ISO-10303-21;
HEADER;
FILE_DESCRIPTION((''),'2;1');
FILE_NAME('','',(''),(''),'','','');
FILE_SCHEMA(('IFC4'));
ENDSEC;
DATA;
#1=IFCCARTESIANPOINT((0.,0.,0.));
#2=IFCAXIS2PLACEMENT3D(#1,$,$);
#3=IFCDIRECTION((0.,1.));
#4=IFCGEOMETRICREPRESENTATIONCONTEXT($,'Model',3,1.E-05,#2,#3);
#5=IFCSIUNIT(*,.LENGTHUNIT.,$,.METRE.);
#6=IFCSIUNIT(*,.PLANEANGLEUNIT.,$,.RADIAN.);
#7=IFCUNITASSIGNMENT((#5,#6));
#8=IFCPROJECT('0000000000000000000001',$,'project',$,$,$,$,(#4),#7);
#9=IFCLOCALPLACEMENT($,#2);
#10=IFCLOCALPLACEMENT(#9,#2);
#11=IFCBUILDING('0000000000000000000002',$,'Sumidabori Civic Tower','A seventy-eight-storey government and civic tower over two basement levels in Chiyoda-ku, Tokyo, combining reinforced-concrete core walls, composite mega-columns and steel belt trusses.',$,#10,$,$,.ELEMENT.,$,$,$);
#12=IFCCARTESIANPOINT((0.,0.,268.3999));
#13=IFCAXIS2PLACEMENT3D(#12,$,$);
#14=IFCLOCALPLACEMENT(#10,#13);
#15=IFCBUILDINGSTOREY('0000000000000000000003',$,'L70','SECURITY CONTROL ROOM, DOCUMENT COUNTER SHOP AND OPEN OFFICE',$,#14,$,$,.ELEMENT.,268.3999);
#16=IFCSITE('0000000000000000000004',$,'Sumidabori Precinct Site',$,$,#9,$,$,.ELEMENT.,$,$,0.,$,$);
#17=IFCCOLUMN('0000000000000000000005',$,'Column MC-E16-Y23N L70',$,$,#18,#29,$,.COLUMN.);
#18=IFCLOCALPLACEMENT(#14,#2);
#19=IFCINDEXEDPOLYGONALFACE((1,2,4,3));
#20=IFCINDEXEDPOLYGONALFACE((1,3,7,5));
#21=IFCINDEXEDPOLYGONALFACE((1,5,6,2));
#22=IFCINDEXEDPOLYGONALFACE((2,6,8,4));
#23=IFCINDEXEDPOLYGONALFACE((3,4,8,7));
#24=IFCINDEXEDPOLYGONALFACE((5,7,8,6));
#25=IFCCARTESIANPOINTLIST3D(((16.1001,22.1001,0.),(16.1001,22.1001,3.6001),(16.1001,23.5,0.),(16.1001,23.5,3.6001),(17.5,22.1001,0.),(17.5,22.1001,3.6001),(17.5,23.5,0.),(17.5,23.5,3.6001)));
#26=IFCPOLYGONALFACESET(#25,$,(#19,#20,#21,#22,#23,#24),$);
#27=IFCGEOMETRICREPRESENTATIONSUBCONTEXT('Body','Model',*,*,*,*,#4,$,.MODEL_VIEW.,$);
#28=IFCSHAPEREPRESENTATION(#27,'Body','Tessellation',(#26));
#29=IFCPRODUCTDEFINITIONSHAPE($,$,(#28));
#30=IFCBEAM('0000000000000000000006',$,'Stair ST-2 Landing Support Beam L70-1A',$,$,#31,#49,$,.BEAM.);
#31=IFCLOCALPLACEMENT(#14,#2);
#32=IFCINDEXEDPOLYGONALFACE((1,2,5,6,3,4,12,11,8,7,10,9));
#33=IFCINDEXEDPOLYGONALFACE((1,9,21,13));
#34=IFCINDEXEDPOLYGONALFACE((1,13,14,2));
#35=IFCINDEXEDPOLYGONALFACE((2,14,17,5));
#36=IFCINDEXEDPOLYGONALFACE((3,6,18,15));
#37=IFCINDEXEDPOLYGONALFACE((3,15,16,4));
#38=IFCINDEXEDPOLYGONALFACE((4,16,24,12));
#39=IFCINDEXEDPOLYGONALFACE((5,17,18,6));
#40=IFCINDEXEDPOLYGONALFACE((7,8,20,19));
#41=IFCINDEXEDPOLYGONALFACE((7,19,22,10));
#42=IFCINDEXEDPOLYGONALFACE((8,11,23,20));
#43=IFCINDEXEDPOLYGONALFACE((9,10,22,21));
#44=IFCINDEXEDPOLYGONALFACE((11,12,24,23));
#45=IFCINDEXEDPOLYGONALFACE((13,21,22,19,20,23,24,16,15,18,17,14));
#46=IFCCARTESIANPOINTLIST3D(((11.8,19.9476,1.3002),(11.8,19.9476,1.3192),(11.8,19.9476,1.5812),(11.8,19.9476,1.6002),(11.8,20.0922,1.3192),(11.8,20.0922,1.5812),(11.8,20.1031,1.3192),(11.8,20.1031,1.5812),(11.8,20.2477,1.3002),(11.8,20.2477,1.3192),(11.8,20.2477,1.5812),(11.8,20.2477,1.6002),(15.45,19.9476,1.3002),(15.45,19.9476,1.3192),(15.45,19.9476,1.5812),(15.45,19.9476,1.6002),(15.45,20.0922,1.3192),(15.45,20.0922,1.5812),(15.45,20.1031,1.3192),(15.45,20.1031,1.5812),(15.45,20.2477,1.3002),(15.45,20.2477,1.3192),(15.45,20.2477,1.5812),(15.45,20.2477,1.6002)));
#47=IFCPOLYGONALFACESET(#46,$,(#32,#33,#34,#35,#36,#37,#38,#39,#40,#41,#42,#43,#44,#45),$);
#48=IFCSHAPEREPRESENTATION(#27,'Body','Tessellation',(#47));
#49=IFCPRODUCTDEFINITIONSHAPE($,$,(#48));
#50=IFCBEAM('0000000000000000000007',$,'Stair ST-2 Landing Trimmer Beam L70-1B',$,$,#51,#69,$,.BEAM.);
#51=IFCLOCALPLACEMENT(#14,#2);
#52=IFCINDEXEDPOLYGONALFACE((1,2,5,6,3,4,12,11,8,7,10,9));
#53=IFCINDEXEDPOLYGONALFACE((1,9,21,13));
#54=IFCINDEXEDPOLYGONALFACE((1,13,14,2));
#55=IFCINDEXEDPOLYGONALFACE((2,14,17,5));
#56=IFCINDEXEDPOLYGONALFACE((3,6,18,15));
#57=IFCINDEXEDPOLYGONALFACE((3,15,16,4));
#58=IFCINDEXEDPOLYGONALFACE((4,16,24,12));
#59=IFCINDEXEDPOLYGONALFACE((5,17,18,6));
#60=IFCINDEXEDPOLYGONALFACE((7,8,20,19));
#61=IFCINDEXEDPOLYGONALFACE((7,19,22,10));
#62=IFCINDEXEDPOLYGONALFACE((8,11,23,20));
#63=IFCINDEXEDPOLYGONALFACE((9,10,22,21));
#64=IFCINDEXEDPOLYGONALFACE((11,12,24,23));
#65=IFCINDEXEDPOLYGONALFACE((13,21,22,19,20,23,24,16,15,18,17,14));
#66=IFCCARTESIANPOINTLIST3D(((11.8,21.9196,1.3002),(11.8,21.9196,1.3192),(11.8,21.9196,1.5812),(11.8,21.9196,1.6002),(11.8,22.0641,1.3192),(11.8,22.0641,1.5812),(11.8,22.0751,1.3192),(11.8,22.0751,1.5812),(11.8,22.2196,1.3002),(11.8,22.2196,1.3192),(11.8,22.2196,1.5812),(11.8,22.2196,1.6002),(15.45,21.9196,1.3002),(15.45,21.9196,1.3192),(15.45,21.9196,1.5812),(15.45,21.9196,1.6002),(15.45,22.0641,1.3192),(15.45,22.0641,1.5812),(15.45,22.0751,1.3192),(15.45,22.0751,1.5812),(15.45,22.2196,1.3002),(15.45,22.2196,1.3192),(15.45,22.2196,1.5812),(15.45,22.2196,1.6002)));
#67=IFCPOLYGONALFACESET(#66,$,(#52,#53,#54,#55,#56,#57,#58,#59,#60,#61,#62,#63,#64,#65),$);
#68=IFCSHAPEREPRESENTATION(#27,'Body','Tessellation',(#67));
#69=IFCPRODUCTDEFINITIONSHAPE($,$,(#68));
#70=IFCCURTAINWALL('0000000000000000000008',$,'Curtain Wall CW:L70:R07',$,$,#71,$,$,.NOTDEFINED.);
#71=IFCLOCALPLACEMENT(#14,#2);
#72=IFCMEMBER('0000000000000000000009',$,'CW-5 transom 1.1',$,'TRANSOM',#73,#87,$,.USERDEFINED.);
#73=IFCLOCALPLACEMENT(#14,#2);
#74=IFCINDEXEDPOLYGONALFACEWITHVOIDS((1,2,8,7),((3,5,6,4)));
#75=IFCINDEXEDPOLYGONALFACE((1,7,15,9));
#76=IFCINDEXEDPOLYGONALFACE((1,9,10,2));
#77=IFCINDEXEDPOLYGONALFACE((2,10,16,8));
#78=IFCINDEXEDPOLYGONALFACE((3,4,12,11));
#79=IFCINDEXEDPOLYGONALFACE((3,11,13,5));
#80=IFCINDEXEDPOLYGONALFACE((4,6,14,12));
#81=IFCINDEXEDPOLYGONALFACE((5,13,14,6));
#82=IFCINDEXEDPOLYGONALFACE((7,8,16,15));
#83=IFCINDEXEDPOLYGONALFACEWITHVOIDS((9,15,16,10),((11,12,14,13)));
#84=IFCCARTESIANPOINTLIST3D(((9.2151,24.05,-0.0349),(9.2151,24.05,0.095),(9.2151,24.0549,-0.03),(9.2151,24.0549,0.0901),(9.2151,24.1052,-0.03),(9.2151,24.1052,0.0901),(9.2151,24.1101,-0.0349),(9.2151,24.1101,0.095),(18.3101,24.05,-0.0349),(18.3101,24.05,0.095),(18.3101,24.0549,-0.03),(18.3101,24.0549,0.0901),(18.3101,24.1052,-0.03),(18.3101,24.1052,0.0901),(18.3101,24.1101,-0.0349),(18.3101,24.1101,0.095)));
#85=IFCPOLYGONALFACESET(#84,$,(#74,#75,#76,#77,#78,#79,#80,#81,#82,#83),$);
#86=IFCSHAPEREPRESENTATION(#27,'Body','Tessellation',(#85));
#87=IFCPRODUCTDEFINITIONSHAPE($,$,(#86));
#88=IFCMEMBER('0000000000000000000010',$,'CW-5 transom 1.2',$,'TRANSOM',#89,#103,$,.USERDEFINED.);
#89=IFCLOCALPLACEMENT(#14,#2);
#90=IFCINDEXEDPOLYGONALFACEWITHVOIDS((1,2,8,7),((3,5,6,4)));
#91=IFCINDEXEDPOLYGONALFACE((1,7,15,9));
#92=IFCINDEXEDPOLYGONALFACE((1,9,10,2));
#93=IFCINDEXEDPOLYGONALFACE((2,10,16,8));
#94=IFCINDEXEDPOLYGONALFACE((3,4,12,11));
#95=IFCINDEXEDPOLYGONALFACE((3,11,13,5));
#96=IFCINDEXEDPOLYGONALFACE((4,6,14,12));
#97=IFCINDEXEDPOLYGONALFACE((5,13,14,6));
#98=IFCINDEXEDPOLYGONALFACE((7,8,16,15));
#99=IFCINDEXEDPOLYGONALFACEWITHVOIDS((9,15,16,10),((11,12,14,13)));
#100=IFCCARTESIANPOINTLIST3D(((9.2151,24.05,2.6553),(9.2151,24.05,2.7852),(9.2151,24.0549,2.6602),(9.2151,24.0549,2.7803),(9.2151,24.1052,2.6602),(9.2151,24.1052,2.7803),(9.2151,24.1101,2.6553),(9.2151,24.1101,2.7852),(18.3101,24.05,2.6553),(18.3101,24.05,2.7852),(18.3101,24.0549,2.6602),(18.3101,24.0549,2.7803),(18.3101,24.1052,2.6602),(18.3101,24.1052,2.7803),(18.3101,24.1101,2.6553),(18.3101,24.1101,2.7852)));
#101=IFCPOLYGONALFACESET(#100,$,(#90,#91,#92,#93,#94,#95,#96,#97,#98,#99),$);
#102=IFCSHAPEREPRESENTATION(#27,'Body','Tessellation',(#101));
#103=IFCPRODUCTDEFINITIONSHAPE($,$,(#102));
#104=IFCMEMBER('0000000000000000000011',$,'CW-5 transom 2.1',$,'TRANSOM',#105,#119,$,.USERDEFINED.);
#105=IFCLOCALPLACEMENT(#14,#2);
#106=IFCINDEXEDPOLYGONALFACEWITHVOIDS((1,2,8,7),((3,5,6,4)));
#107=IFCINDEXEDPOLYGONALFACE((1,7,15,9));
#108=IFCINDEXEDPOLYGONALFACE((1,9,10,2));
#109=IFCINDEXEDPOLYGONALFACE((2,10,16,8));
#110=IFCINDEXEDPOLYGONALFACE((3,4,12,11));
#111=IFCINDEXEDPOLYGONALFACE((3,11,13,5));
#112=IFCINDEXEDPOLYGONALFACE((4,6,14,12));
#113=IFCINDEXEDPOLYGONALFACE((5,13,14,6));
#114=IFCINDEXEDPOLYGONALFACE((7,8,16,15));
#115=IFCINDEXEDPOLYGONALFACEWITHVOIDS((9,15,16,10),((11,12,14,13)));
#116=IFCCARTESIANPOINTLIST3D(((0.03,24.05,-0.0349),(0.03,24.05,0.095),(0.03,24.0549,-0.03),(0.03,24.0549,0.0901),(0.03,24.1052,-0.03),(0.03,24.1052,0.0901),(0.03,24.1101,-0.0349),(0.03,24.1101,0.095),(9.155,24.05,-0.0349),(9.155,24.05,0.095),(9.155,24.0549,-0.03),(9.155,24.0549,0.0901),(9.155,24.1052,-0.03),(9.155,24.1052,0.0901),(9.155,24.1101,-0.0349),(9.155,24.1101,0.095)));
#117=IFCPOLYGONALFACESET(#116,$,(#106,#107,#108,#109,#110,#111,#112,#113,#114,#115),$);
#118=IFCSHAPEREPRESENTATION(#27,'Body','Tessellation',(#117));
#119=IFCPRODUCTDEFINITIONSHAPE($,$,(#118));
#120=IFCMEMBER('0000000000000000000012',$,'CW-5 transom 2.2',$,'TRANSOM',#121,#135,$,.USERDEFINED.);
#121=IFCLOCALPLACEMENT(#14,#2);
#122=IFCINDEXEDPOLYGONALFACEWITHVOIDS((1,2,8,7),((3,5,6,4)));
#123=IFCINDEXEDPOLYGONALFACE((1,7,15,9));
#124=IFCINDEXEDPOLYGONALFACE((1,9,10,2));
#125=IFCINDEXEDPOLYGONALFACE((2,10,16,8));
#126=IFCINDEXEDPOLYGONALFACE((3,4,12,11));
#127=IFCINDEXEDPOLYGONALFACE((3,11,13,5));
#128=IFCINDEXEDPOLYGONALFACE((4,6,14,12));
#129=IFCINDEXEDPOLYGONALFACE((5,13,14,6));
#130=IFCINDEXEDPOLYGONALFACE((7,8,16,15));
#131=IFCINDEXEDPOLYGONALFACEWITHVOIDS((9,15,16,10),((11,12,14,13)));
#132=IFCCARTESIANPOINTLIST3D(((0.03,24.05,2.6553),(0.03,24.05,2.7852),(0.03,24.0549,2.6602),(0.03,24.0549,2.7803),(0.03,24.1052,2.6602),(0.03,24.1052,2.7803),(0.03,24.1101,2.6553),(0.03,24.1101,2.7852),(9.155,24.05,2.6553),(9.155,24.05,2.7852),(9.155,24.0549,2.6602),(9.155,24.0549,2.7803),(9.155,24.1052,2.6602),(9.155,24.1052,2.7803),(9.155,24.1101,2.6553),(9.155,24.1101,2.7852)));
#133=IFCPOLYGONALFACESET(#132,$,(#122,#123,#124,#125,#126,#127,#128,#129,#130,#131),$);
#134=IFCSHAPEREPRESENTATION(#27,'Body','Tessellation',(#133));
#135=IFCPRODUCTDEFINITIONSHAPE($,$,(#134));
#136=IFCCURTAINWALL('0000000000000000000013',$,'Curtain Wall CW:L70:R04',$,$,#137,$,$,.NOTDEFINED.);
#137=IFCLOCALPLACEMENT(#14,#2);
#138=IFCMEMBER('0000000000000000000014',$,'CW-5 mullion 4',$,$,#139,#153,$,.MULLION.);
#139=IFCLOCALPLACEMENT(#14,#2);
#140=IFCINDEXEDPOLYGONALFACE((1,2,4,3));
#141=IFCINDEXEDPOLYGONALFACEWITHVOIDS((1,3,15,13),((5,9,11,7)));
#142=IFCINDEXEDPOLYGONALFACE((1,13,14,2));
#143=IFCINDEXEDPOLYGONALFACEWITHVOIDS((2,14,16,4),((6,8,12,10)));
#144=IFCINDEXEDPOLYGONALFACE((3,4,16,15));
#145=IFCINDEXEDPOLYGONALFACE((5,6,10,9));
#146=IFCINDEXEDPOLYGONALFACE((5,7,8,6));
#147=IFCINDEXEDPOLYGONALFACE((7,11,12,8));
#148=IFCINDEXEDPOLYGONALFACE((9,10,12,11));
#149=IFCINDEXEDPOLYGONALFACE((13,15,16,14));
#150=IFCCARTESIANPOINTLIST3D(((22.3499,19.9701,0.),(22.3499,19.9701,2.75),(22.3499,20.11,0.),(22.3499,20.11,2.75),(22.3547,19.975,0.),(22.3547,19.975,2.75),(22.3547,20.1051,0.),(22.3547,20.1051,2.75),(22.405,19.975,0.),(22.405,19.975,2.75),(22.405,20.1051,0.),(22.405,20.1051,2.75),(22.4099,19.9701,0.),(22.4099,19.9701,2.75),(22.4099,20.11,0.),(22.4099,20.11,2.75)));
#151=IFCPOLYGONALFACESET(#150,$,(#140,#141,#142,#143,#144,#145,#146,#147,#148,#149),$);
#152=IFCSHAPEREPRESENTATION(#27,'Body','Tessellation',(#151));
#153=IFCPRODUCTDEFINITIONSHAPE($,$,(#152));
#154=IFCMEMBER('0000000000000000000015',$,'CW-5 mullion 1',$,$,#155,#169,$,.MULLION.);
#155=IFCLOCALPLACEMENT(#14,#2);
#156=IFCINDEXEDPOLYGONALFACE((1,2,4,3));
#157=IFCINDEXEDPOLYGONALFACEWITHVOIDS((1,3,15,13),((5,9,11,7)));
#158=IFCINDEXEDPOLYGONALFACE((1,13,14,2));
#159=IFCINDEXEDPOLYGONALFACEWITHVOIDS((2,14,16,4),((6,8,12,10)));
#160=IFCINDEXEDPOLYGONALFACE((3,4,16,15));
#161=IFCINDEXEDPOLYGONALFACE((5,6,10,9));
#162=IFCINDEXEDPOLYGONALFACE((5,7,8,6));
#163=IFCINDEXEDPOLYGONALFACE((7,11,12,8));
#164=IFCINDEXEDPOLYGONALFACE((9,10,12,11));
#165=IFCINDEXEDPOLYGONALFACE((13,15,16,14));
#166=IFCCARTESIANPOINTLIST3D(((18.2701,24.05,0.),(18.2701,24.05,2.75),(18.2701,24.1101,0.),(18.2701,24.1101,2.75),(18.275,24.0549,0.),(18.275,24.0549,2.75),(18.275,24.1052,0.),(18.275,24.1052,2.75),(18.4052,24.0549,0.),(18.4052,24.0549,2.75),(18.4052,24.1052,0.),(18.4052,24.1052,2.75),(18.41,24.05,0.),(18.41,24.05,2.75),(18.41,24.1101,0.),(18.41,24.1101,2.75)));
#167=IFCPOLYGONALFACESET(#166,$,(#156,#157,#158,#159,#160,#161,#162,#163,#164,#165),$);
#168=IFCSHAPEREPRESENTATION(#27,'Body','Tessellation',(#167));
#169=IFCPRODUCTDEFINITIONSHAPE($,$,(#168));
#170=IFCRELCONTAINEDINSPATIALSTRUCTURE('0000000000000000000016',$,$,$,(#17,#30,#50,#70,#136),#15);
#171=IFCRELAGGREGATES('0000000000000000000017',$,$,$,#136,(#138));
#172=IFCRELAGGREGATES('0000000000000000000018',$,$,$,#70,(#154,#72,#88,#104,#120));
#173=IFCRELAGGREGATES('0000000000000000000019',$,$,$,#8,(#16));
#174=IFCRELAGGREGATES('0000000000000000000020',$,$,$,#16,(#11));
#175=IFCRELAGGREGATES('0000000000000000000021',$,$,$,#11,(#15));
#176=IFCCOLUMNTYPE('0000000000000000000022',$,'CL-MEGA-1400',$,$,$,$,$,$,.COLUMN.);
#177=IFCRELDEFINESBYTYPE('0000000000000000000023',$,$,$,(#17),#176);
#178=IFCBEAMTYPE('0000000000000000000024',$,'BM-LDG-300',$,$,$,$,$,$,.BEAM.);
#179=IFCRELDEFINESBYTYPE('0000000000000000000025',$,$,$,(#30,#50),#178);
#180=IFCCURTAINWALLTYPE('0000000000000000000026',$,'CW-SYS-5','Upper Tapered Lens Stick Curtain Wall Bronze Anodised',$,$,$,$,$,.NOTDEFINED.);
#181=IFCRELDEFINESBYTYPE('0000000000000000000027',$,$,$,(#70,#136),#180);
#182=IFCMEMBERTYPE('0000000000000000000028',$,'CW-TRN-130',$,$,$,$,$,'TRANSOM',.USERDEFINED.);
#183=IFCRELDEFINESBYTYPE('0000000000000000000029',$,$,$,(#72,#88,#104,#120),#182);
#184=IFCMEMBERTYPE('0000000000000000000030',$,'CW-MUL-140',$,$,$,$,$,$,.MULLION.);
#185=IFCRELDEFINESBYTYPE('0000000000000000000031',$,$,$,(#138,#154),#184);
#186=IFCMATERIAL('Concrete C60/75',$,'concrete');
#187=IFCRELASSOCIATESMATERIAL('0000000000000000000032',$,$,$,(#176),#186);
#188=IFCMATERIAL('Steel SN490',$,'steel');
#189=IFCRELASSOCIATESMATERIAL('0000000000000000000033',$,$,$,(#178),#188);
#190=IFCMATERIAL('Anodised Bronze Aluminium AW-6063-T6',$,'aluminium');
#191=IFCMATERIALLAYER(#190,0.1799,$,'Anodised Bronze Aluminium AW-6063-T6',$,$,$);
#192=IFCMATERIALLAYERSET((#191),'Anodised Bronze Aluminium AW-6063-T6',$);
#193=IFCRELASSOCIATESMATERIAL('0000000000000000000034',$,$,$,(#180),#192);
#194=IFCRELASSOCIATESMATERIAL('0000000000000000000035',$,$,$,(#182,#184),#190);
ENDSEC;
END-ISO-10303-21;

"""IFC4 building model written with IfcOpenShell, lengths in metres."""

from ifc_helpers import new_model, si_unit, direction, frame, origin, origin_2d, place, context, subcontext, project, spatial, rectangle, hollow_rectangle, i_section, extrude, source, transform, mapped, material, layer, layer_set, material_profile, profile_set, type_object, element, aggregate, save


model = new_model("IFC4")

# Units and contexts
model_context = context("Model", 3, precision=1e-05, world=origin(), true_north=direction((0.0, 1.0)))
body_context = subcontext(model_context, "Body", "Model", "MODEL_VIEW")
ifc_project = project(units=[si_unit("LENGTHUNIT", "METRE"), si_unit("PLANEANGLEUNIT", "RADIAN")], contexts=[model_context])

# Site, building, storey
site_placement = place(None, origin())
site = spatial("IfcSite", under=ifc_project, at=site_placement, Name="Sumidabori Precinct Site", CompositionType="ELEMENT", RefElevation=0.0)
building_placement = place(site_placement, origin())
building = spatial("IfcBuilding", under=site, at=building_placement, Name="Sumidabori Civic Tower", Description="A seventy-eight-storey government and civic tower over two basement levels in Chiyoda-ku, Tokyo, combining reinforced-concrete core walls, composite mega-columns and steel belt trusses.", CompositionType="ELEMENT")
storey_placement = place(building_placement, frame((0.0, 0.0, 268.3999)))
storey = spatial("IfcBuildingStorey", under=building, at=storey_placement, Name="L70", Description="SECURITY CONTROL ROOM, DOCUMENT COUNTER SHOP AND OPEN OFFICE", CompositionType="ELEMENT", Elevation=268.3999)

# Column
ifc_material_1 = material(Name="Concrete C60/75", Category="concrete")
ifc_material_profile_1 = material_profile(ifc_material_1, rectangle(XDim=1.3999, YDim=1.3999, at=origin_2d()), Name="RC 1400x1400")
ifc_profile_set_1 = profile_set([ifc_material_profile_1], Name="Concrete C60/75")
column_type = type_object("IfcColumnType", Name="CL-MEGA-1400", PredefinedType="COLUMN", material=ifc_profile_set_1)
shared_shape_1 = source(origin(), body_context, "Body", "SweptSolid", [
    extrude(rectangle(XDim=1.3999, YDim=1.3999, at=origin_2d()), origin(), (0.0, 0.0, 1.0), 3.6001),
])
column_placement = place(storey_placement, frame((16.8, 22.8, 0.0), z_axis=(0.0, 0.0, 1.0), x_axis=(1.0, 0.0, 0.0)))
element("IfcColumn", 1, at=column_placement, inside=storey, type_object=column_type, Name="Column MC-E16-Y23N L70", PredefinedType="COLUMN", context=body_context, shape_type="MappedRepresentation", body=[
    mapped(shared_shape_1, transform((0.0, 0.0, 0.0), x_axis=(1.0, 0.0, 0.0), y_axis=(0.0, 1.0, 0.0), z_axis=(0.0, 0.0, 1.0), scale=1.0)),
])

# Beams
ifc_material_2 = material(Name="Steel SN490", Category="steel")
ifc_material_profile_2 = material_profile(ifc_material_2, i_section(OverallWidth=0.3, OverallDepth=0.3, WebThickness=0.011, FlangeThickness=0.019, at=origin_2d()), Name="HE 300 B")
ifc_profile_set_2 = profile_set([ifc_material_profile_2], Name="Steel SN490")
beam_type = type_object("IfcBeamType", Name="BM-LDG-300", PredefinedType="BEAM", material=ifc_profile_set_2)
shared_shape_2 = source(origin(), body_context, "Body", "SweptSolid", [
    extrude(i_section(OverallWidth=0.3, OverallDepth=0.3, WebThickness=0.011, FlangeThickness=0.019, at=origin_2d()), origin(), (0.0, 0.0, 1.0), 3.6499),
])
for number, where, z_axis, x_axis, name in (
    (2, (11.8, 20.0977, 1.4502), (1.0, 0.0, 0.0), (0.0, 1.0, 0.0), "Stair ST-2 Landing Support Beam L70-1A"),
    (3, (11.8, 22.0696, 1.4502), (1.0, 0.0, 0.0), (0.0, 1.0, 0.0), "Stair ST-2 Landing Trimmer Beam L70-1B"),
):
    element("IfcBeam", number, at=place(storey_placement, frame(where, z_axis=z_axis, x_axis=x_axis)), inside=storey, type_object=beam_type, Name=name, PredefinedType="BEAM", context=body_context, shape_type="MappedRepresentation", body=[
        mapped(shared_shape_2, transform((0.0, 0.0, 0.0), x_axis=(1.0, 0.0, 0.0), y_axis=(0.0, 1.0, 0.0), z_axis=(0.0, 0.0, 1.0), scale=1.0)),
    ])

# Curtain wall, members
ifc_material_3 = material(Name="Anodised Bronze Aluminium AW-6063-T6", Category="aluminium")
ifc_layer_1 = layer(ifc_material_3, 0.1799, Name="Anodised Bronze Aluminium AW-6063-T6")
ifc_layer_set_1 = layer_set([ifc_layer_1], Name="Anodised Bronze Aluminium AW-6063-T6")
curtain_wall_type = type_object("IfcCurtainWallType", Name="CW-SYS-5", Description="Upper Tapered Lens Stick Curtain Wall Bronze Anodised", PredefinedType="NOTDEFINED", material=ifc_layer_set_1)
curtain_wall_1_placement = place(storey_placement, origin())
curtain_wall_1 = element("IfcCurtainWall", 4, at=curtain_wall_1_placement, inside=storey, type_object=curtain_wall_type, Name="Curtain Wall CW:L70:R07", PredefinedType="NOTDEFINED")
ifc_material_profile_3 = material_profile(ifc_material_3, hollow_rectangle(XDim=0.0601, YDim=0.1299, WallThickness=0.0049, at=origin_2d()), Name="ALU TRANSOM 130x60")
ifc_profile_set_3 = profile_set([ifc_material_profile_3], Name="Anodised Bronze Aluminium AW-6063-T6")
member_type_1 = type_object("IfcMemberType", Name="CW-TRN-130", ElementType="TRANSOM", PredefinedType="USERDEFINED", material=ifc_profile_set_3)
shared_shape_3 = source(origin(), body_context, "Body", "SweptSolid", [
    extrude(hollow_rectangle(XDim=0.0601, YDim=0.1299, WallThickness=0.0049, at=origin_2d()), origin(), (0.0, 0.0, 1.0), 9.095),
])
member_1_placement = place(storey_placement, frame((18.3101, 24.0801, 0.03), z_axis=(-1.0, 0.0, 0.0), x_axis=(0.0, -1.0, 0.0)))
member_1 = element("IfcMember", 5, at=member_1_placement, type_object=member_type_1, Name="CW-5 transom 1.1", ObjectType="TRANSOM", PredefinedType="USERDEFINED", context=body_context, shape_type="MappedRepresentation", body=[
    mapped(shared_shape_3, transform((0.0, 0.0, 0.0), x_axis=(1.0, 0.0, 0.0), y_axis=(0.0, 1.0, 0.0), z_axis=(0.0, 0.0, 1.0), scale=1.0)),
])
member_2_placement = place(storey_placement, frame((18.3101, 24.0801, 2.7202), z_axis=(-1.0, 0.0, 0.0), x_axis=(0.0, -1.0, 0.0)))
member_2 = element("IfcMember", 6, at=member_2_placement, type_object=member_type_1, Name="CW-5 transom 1.2", ObjectType="TRANSOM", PredefinedType="USERDEFINED", context=body_context, shape_type="MappedRepresentation", body=[
    mapped(shared_shape_3, transform((0.0, 0.0, 0.0), x_axis=(1.0, 0.0, 0.0), y_axis=(0.0, 1.0, 0.0), z_axis=(0.0, 0.0, 1.0), scale=1.0)),
])
shared_shape_4 = source(origin(), body_context, "Body", "SweptSolid", [
    extrude(hollow_rectangle(XDim=0.0601, YDim=0.1299, WallThickness=0.0049, at=origin_2d()), origin(), (0.0, 0.0, 1.0), 9.125),
])
member_3_placement = place(storey_placement, frame((9.155, 24.0801, 0.03), z_axis=(-1.0, 0.0, 0.0), x_axis=(0.0, -1.0, 0.0)))
member_3 = element("IfcMember", 7, at=member_3_placement, type_object=member_type_1, Name="CW-5 transom 2.1", ObjectType="TRANSOM", PredefinedType="USERDEFINED", context=body_context, shape_type="MappedRepresentation", body=[
    mapped(shared_shape_4, transform((0.0, 0.0, 0.0), x_axis=(1.0, 0.0, 0.0), y_axis=(0.0, 1.0, 0.0), z_axis=(0.0, 0.0, 1.0), scale=1.0)),
])
member_4_placement = place(storey_placement, frame((9.155, 24.0801, 2.7202), z_axis=(-1.0, 0.0, 0.0), x_axis=(0.0, -1.0, 0.0)))
member_4 = element("IfcMember", 8, at=member_4_placement, type_object=member_type_1, Name="CW-5 transom 2.2", ObjectType="TRANSOM", PredefinedType="USERDEFINED", context=body_context, shape_type="MappedRepresentation", body=[
    mapped(shared_shape_4, transform((0.0, 0.0, 0.0), x_axis=(1.0, 0.0, 0.0), y_axis=(0.0, 1.0, 0.0), z_axis=(0.0, 0.0, 1.0), scale=1.0)),
])

# Curtain wall, member
curtain_wall_2_placement = place(storey_placement, origin())
curtain_wall_2 = element("IfcCurtainWall", 9, at=curtain_wall_2_placement, inside=storey, type_object=curtain_wall_type, Name="Curtain Wall CW:L70:R04", PredefinedType="NOTDEFINED")
ifc_material_profile_4 = material_profile(ifc_material_3, hollow_rectangle(XDim=0.0601, YDim=0.1399, WallThickness=0.0049, at=origin_2d()), Name="ALU MULLION 140x60")
ifc_profile_set_4 = profile_set([ifc_material_profile_4], Name="Anodised Bronze Aluminium AW-6063-T6")
member_type_2 = type_object("IfcMemberType", Name="CW-MUL-140", PredefinedType="MULLION", material=ifc_profile_set_4)
shared_shape_5 = source(origin(), body_context, "Body", "SweptSolid", [
    extrude(hollow_rectangle(XDim=0.0601, YDim=0.1399, WallThickness=0.0049, at=origin_2d()), origin(), (0.0, 0.0, 1.0), 2.75),
])
member_5_placement = place(storey_placement, frame((22.3799, 20.04, 0.0), z_axis=(0.0, 0.0, 1.0), x_axis=(-1.0, 0.0, 0.0)))
member_5 = element("IfcMember", 10, at=member_5_placement, type_object=member_type_2, Name="CW-5 mullion 4", PredefinedType="MULLION", context=body_context, shape_type="MappedRepresentation", body=[
    mapped(shared_shape_5, transform((0.0, 0.0, 0.0), x_axis=(1.0, 0.0, 0.0), y_axis=(0.0, 1.0, 0.0), z_axis=(0.0, 0.0, 1.0), scale=1.0)),
])
aggregate(curtain_wall_2, [member_5])

# Member
member_6_placement = place(storey_placement, frame((18.3401, 24.0801, 0.0), z_axis=(0.0, 0.0, 1.0), x_axis=(0.0, -1.0, 0.0)))
member_6 = element("IfcMember", 11, at=member_6_placement, type_object=member_type_2, Name="CW-5 mullion 1", PredefinedType="MULLION", context=body_context, shape_type="MappedRepresentation", body=[
    mapped(shared_shape_5, transform((0.0, 0.0, 0.0), x_axis=(1.0, 0.0, 0.0), y_axis=(0.0, 1.0, 0.0), z_axis=(0.0, 0.0, 1.0), scale=1.0)),
])

aggregate(curtain_wall_1, [member_6, member_1, member_2, member_3, member_4])

save(model, "model.ifc")
